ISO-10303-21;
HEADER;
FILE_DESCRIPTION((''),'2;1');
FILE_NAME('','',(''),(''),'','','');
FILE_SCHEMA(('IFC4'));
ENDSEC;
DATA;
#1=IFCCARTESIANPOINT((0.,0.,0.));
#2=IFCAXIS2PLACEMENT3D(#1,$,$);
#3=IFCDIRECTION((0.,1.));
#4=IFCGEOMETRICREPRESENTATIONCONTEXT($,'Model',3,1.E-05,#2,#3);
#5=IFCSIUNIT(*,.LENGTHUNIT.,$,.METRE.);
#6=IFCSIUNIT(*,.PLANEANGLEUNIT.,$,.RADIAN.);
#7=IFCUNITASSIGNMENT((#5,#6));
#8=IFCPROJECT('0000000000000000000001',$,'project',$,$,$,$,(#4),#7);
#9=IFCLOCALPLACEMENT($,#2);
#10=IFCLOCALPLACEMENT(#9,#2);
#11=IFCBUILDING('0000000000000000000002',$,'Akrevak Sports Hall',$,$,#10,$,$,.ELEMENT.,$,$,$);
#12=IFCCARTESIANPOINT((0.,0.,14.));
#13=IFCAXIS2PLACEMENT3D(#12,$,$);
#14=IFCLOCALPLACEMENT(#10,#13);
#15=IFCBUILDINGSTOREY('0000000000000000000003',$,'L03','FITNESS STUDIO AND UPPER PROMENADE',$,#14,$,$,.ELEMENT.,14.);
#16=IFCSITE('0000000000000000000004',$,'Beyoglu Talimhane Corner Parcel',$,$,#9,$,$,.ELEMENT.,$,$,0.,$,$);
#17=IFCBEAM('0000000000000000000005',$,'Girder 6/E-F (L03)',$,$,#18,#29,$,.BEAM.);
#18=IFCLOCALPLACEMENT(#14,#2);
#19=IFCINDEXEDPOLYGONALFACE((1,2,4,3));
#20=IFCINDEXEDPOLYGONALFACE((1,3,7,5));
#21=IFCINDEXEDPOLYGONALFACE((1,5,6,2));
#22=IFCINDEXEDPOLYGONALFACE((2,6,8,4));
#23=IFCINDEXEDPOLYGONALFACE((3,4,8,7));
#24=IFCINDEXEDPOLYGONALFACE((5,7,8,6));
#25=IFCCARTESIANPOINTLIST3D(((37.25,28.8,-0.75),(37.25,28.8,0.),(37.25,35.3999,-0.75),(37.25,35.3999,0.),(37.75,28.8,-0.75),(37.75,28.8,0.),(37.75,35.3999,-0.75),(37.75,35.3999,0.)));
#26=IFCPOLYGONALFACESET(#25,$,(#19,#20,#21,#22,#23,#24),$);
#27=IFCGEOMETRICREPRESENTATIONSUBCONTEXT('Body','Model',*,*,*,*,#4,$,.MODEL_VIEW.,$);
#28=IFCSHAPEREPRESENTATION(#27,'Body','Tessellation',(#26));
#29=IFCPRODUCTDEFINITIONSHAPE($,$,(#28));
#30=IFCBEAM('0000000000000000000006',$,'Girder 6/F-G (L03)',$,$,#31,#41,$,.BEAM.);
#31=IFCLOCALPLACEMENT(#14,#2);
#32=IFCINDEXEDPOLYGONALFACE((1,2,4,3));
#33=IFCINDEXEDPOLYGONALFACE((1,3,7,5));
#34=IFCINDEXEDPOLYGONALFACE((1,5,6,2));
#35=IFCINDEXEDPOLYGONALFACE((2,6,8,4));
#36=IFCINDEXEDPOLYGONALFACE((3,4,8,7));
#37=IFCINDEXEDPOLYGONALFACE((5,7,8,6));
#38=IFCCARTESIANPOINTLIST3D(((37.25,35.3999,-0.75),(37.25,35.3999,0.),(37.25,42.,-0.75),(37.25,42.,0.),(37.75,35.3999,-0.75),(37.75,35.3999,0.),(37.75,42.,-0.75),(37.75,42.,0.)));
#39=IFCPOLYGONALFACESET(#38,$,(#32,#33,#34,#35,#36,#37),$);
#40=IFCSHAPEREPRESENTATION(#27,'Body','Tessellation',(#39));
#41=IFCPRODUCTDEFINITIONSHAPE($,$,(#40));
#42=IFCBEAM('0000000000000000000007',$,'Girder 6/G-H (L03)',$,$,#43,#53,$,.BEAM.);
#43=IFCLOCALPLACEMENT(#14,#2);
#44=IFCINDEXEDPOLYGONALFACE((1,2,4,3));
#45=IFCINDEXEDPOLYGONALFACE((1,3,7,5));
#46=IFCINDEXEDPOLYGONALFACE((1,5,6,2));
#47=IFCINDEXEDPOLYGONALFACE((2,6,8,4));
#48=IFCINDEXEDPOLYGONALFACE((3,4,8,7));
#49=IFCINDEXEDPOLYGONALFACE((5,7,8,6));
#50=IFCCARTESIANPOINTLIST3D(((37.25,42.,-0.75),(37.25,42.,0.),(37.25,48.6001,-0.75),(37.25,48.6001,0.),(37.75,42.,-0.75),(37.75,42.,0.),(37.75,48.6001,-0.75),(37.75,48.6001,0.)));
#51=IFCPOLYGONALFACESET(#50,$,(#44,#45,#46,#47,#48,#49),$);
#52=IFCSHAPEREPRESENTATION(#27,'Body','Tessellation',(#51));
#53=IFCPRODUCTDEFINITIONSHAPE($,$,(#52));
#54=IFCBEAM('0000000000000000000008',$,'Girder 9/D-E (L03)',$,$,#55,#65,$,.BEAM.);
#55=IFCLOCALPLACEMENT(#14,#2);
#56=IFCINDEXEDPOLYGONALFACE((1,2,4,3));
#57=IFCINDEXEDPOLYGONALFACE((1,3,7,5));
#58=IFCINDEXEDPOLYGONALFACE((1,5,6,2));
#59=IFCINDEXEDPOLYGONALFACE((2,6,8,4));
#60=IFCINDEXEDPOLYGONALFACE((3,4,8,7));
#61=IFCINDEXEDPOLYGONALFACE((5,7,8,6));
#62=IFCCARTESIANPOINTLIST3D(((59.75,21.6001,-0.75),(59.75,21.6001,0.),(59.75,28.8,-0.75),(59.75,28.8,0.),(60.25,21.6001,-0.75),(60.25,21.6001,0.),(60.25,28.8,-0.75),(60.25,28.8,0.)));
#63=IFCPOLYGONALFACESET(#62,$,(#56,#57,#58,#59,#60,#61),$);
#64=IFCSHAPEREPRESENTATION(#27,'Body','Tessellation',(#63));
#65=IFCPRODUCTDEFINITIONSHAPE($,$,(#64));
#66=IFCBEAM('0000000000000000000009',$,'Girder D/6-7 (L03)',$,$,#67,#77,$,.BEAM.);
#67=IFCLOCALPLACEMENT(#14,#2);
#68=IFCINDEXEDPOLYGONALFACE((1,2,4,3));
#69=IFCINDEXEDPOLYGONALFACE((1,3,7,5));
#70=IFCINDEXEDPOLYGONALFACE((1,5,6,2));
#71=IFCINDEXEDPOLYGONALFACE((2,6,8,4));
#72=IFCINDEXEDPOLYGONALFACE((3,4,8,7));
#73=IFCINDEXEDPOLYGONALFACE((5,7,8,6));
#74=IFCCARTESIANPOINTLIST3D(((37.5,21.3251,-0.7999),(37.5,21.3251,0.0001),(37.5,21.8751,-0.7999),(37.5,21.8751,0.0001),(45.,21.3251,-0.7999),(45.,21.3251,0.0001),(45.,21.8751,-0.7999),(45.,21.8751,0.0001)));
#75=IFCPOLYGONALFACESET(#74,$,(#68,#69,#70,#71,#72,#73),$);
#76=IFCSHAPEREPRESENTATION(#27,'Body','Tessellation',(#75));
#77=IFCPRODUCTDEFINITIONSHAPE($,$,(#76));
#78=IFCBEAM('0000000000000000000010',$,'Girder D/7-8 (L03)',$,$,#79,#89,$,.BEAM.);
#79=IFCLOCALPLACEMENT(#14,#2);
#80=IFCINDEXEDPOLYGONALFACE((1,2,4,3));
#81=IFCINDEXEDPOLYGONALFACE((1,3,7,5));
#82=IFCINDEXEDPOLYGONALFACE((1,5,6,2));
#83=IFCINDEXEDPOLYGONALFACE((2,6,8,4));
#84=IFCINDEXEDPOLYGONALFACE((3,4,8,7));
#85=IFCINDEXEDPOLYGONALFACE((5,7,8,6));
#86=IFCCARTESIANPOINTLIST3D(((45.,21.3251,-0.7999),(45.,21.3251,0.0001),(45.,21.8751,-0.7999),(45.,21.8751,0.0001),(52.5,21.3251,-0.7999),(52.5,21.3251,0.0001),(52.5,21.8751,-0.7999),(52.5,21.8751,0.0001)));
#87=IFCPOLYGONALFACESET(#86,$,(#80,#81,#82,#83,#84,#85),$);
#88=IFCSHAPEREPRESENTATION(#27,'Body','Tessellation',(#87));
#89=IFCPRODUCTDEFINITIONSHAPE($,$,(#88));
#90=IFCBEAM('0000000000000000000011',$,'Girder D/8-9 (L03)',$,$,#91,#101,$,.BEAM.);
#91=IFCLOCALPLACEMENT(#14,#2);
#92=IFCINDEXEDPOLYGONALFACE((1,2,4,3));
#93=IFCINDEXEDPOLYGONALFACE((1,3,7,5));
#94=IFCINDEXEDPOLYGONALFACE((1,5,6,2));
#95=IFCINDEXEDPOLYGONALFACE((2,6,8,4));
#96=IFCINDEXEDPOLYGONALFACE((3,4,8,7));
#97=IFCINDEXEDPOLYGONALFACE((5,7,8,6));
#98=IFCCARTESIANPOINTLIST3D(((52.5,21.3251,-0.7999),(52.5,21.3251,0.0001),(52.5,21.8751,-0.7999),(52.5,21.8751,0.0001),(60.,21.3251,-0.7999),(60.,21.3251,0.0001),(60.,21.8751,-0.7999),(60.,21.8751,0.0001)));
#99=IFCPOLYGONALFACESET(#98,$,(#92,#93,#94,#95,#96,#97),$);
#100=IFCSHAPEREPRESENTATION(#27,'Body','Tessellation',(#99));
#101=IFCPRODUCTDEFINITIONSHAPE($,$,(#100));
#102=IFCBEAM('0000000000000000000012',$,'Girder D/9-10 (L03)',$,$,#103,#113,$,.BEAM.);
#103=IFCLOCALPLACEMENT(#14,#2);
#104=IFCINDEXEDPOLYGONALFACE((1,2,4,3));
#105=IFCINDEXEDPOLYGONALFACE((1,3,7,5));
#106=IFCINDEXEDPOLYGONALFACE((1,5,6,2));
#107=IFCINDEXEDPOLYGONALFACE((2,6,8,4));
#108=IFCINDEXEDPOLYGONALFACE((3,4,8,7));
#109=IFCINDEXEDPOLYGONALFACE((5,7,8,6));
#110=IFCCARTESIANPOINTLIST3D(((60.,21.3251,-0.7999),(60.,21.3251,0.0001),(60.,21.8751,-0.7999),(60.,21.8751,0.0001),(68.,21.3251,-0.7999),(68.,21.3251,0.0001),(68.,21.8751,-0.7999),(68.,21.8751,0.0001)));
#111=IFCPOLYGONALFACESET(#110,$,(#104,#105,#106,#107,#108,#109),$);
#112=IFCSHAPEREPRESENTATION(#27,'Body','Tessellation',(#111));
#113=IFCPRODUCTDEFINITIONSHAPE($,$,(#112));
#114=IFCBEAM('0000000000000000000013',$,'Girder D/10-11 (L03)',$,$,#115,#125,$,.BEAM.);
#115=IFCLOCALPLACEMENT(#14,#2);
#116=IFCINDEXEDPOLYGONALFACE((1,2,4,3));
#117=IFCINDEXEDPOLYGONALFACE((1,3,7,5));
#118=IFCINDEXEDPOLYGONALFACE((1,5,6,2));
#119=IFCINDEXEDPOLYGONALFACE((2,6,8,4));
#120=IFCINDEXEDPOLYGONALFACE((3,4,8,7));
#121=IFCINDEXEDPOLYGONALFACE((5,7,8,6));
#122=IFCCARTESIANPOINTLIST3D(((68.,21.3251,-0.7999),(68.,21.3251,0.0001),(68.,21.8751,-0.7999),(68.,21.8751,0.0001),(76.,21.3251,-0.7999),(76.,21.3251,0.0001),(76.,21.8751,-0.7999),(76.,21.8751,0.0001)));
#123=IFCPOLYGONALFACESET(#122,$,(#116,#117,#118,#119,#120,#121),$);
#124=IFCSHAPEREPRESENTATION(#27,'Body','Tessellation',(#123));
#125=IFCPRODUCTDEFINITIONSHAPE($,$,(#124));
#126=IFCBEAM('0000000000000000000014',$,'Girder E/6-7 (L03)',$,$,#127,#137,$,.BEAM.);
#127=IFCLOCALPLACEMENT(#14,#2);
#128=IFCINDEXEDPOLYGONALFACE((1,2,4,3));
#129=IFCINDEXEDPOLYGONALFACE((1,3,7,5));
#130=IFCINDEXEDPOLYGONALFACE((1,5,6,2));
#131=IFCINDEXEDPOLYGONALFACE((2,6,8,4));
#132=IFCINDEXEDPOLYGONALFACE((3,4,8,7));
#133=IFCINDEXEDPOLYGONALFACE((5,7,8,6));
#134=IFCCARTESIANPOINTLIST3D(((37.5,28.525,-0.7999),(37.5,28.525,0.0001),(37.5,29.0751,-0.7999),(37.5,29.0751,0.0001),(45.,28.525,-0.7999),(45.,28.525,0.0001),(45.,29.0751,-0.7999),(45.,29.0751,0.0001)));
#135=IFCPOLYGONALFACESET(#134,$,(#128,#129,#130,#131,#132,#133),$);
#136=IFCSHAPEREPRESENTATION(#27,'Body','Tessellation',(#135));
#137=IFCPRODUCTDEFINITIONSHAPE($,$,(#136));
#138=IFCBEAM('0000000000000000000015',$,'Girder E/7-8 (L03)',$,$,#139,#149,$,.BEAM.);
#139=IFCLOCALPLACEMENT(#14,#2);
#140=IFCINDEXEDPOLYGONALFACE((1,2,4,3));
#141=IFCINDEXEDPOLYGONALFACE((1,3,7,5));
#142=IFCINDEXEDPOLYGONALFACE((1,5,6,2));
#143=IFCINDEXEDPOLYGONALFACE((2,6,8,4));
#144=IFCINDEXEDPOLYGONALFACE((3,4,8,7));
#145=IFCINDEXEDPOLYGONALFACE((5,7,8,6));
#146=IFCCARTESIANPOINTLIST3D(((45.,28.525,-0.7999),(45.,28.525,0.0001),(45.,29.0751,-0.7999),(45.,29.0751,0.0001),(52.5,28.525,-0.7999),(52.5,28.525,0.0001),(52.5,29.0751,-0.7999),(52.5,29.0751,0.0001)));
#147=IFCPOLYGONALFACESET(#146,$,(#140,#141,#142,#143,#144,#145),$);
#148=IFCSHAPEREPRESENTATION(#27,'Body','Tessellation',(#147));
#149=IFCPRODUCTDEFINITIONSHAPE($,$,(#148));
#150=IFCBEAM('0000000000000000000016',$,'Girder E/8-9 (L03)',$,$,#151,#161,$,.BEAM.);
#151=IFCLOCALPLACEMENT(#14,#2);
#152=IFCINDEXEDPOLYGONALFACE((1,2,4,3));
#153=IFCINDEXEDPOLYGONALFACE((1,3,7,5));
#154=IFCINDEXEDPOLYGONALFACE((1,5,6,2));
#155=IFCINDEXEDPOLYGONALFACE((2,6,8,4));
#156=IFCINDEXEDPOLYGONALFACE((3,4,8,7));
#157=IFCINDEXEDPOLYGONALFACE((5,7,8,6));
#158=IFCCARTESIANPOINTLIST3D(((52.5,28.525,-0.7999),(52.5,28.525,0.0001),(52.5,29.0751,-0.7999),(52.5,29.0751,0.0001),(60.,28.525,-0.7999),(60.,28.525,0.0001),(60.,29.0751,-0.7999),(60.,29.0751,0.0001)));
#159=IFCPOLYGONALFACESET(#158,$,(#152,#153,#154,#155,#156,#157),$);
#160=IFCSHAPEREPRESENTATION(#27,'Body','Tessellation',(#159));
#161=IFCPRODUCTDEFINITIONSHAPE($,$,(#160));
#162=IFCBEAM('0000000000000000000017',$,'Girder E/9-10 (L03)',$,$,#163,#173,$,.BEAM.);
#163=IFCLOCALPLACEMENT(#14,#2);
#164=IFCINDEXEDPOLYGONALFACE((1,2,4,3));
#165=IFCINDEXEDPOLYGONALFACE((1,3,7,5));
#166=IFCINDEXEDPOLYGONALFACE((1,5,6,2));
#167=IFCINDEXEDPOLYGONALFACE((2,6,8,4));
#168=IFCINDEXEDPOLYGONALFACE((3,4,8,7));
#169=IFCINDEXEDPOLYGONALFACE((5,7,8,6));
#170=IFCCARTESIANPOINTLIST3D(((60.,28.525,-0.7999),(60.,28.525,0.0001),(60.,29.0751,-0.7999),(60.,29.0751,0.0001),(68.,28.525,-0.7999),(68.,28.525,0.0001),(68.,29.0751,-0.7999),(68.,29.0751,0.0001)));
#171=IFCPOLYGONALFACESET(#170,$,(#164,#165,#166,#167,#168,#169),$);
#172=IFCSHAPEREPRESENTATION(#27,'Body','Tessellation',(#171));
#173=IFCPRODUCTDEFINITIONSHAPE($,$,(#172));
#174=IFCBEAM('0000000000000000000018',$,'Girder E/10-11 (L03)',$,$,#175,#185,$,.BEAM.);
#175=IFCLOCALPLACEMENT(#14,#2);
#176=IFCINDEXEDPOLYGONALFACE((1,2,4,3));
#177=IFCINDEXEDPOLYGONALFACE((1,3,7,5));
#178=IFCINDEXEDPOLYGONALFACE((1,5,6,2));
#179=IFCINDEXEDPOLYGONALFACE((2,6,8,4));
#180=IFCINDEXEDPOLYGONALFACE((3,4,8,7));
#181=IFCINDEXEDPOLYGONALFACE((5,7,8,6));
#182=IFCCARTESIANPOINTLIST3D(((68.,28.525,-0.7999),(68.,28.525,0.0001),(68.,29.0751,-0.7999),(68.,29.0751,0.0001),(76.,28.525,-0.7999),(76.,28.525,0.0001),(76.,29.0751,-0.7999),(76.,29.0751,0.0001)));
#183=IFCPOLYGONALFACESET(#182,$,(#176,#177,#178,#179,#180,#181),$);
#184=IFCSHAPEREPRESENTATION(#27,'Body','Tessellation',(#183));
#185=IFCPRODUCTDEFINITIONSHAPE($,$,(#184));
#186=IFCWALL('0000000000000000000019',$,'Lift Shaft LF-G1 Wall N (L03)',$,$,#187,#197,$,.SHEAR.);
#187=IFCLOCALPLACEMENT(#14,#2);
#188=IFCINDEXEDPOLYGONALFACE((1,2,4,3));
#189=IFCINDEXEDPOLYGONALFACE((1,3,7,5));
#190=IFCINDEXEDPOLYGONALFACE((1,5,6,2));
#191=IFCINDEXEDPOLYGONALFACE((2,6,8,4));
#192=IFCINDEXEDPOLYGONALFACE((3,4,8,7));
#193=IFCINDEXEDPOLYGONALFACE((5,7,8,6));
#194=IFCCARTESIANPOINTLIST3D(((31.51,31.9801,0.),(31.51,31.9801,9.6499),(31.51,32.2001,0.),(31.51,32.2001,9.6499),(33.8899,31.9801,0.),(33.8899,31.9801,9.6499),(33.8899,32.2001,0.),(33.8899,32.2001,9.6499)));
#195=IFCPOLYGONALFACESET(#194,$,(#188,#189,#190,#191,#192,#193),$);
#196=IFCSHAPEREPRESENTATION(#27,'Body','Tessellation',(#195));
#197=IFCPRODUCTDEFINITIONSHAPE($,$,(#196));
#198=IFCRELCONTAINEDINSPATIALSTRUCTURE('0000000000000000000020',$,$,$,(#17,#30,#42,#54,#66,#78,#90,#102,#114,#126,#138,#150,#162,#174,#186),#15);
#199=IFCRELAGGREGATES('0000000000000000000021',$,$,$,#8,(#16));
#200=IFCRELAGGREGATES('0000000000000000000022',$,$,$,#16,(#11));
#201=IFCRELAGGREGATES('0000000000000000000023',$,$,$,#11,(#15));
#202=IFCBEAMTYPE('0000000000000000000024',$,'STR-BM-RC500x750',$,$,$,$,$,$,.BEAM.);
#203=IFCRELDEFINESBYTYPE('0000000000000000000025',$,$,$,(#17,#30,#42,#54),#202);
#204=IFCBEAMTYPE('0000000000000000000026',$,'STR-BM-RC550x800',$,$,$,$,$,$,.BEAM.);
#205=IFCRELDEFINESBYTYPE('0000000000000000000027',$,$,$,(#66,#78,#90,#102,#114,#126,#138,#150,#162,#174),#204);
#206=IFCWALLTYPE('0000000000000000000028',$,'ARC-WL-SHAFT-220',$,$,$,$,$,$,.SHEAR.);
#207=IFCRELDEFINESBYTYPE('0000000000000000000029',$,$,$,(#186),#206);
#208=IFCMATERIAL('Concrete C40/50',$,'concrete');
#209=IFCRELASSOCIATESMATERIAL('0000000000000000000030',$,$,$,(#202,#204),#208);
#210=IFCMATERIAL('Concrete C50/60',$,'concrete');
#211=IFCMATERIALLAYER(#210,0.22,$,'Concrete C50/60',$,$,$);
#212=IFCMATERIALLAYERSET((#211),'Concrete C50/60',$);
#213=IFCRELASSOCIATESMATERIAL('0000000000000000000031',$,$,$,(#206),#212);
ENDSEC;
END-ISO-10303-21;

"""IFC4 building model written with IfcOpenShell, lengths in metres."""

from ifc_helpers import new_model, si_unit, direction, frame, frame_2d, origin, origin_2d, place, context, subcontext, project, spatial, rectangle, extrude, material, layer, layer_set, material_profile, profile_set, type_object, element, save


model = new_model("IFC4")

# Units and contexts
model_context = context("Model", 3, precision=1e-05, world=origin(), true_north=direction((0.0, 1.0)))
body_context = subcontext(model_context, "Body", "Model", "MODEL_VIEW")
ifc_project = project(units=[si_unit("LENGTHUNIT", "METRE"), si_unit("PLANEANGLEUNIT", "RADIAN")], contexts=[model_context])

# Site, building, storey
site_placement = place(None, origin())
site = spatial("IfcSite", under=ifc_project, at=site_placement, Name="Beyoglu Talimhane Corner Parcel", CompositionType="ELEMENT", RefElevation=0.0)
building_placement = place(site_placement, origin())
building = spatial("IfcBuilding", under=site, at=building_placement, Name="Akrevak Sports Hall", CompositionType="ELEMENT")
storey_placement = place(building_placement, frame((0.0, 0.0, 14.0)))
storey = spatial("IfcBuildingStorey", under=building, at=storey_placement, Name="L03", Description="FITNESS STUDIO AND UPPER PROMENADE", CompositionType="ELEMENT", Elevation=14.0)

# Shared definitions
ifc_material_1 = material(Name="Concrete C50/60", Category="concrete")
ifc_material_2 = material(Name="Concrete C40/50", Category="concrete")

# Beams
ifc_material_profile_1 = material_profile(ifc_material_2, rectangle(XDim=0.5, YDim=0.75, at=origin_2d()), Name="BM 500x750", Category="concrete")
ifc_profile_set_1 = profile_set([ifc_material_profile_1], Name="Concrete C40/50")
beam_type_1 = type_object("IfcBeamType", Name="STR-BM-RC500x750", PredefinedType="BEAM", material=ifc_profile_set_1)
beam_1_placement = place(storey_placement, frame((37.5, 28.8, -0.375), z_axis=(0.0, 1.0, 0.0), x_axis=(-1.0, 0.0, 0.0)))
element("IfcBeam", 1, at=beam_1_placement, inside=storey, type_object=beam_type_1, Name="Girder 6/E-F (L03)", PredefinedType="BEAM", context=body_context, shape_type="SweptSolid", body=[
    extrude(rectangle(XDim=0.5, YDim=0.75, at=origin_2d()), origin(), (0.0, 0.0, 1.0), 6.5999),
])
for number, where, z_axis, x_axis, name in (
    (2, (37.5, 35.3999, -0.375), (0.0, 1.0, 0.0), (-1.0, 0.0, 0.0), "Girder 6/F-G (L03)"),
    (3, (37.5, 42.0, -0.375), (0.0, 1.0, 0.0), (-1.0, 0.0, 0.0), "Girder 6/G-H (L03)"),
):
    element("IfcBeam", number, at=place(storey_placement, frame(where, z_axis=z_axis, x_axis=x_axis)), inside=storey, type_object=beam_type_1, Name=name, PredefinedType="BEAM", context=body_context, shape_type="SweptSolid", body=[
        extrude(rectangle(XDim=0.5, YDim=0.75, at=origin_2d()), origin(), (0.0, 0.0, 1.0), 6.6001),
    ])
beam_2_placement = place(storey_placement, frame((60.0, 21.6001, -0.375), z_axis=(0.0, 1.0, 0.0), x_axis=(-1.0, 0.0, 0.0)))
element("IfcBeam", 4, at=beam_2_placement, inside=storey, type_object=beam_type_1, Name="Girder 9/D-E (L03)", PredefinedType="BEAM", context=body_context, shape_type="SweptSolid", body=[
    extrude(rectangle(XDim=0.5, YDim=0.75, at=origin_2d()), origin(), (0.0, 0.0, 1.0), 7.2),
])
ifc_material_profile_2 = material_profile(ifc_material_2, rectangle(XDim=0.55, YDim=0.8, at=origin_2d()), Name="BM 550x800", Category="concrete")
ifc_profile_set_2 = profile_set([ifc_material_profile_2], Name="Concrete C40/50")
beam_type_2 = type_object("IfcBeamType", Name="STR-BM-RC550x800", PredefinedType="BEAM", material=ifc_profile_set_2)
for number, where, z_axis, x_axis, name in (
    (5, (37.5, 21.6001, -0.3999), (1.0, 0.0, 0.0), (0.0, 1.0, 0.0), "Girder D/6-7 (L03)"),
    (6, (45.0, 21.6001, -0.3999), (1.0, 0.0, 0.0), (0.0, 1.0, 0.0), "Girder D/7-8 (L03)"),
    (7, (52.5, 21.6001, -0.3999), (1.0, 0.0, 0.0), (0.0, 1.0, 0.0), "Girder D/8-9 (L03)"),
):
    element("IfcBeam", number, at=place(storey_placement, frame(where, z_axis=z_axis, x_axis=x_axis)), inside=storey, type_object=beam_type_2, Name=name, PredefinedType="BEAM", context=body_context, shape_type="SweptSolid", body=[
        extrude(rectangle(XDim=0.55, YDim=0.8, at=origin_2d()), origin(), (0.0, 0.0, 1.0), 7.5),
    ])
for number, where, z_axis, x_axis, name in (
    (8, (60.0, 21.6001, -0.3999), (1.0, 0.0, 0.0), (0.0, 1.0, 0.0), "Girder D/9-10 (L03)"),
    (9, (68.0, 21.6001, -0.3999), (1.0, 0.0, 0.0), (0.0, 1.0, 0.0), "Girder D/10-11 (L03)"),
):
    element("IfcBeam", number, at=place(storey_placement, frame(where, z_axis=z_axis, x_axis=x_axis)), inside=storey, type_object=beam_type_2, Name=name, PredefinedType="BEAM", context=body_context, shape_type="SweptSolid", body=[
        extrude(rectangle(XDim=0.55, YDim=0.8, at=origin_2d()), origin(), (0.0, 0.0, 1.0), 8.0),
    ])
for number, where, z_axis, x_axis, name in (
    (10, (37.5, 28.8, -0.3999), (1.0, 0.0, 0.0), (0.0, 1.0, 0.0), "Girder E/6-7 (L03)"),
    (11, (45.0, 28.8, -0.3999), (1.0, 0.0, 0.0), (0.0, 1.0, 0.0), "Girder E/7-8 (L03)"),
    (12, (52.5, 28.8, -0.3999), (1.0, 0.0, 0.0), (0.0, 1.0, 0.0), "Girder E/8-9 (L03)"),
):
    element("IfcBeam", number, at=place(storey_placement, frame(where, z_axis=z_axis, x_axis=x_axis)), inside=storey, type_object=beam_type_2, Name=name, PredefinedType="BEAM", context=body_context, shape_type="SweptSolid", body=[
        extrude(rectangle(XDim=0.55, YDim=0.8, at=origin_2d()), origin(), (0.0, 0.0, 1.0), 7.5),
    ])
for number, where, z_axis, x_axis, name in (
    (13, (60.0, 28.8, -0.3999), (1.0, 0.0, 0.0), (0.0, 1.0, 0.0), "Girder E/9-10 (L03)"),
    (14, (68.0, 28.8, -0.3999), (1.0, 0.0, 0.0), (0.0, 1.0, 0.0), "Girder E/10-11 (L03)"),
):
    element("IfcBeam", number, at=place(storey_placement, frame(where, z_axis=z_axis, x_axis=x_axis)), inside=storey, type_object=beam_type_2, Name=name, PredefinedType="BEAM", context=body_context, shape_type="SweptSolid", body=[
        extrude(rectangle(XDim=0.55, YDim=0.8, at=origin_2d()), origin(), (0.0, 0.0, 1.0), 8.0),
    ])

# Wall
ifc_layer_1 = layer(ifc_material_1, 0.22, Name="Concrete C50/60")
ifc_layer_set_1 = layer_set([ifc_layer_1], Name="Concrete C50/60")
wall_type_1 = type_object("IfcWallType", Name="ARC-WL-SHAFT-220", PredefinedType="SHEAR", material=ifc_layer_set_1)
wall_1_placement = place(storey_placement, frame((33.8899, 32.0901, 0.0), z_axis=(0.0, 0.0, 1.0), x_axis=(-1.0, 0.0, 0.0)))
element("IfcWall", 15, at=wall_1_placement, inside=storey, type_object=wall_type_1, Name="Lift Shaft LF-G1 Wall N (L03)", PredefinedType="SHEAR", context=body_context, shape_type="SweptSolid", body=[
    extrude(rectangle(XDim=2.3799, YDim=0.22, at=frame_2d((1.1899, 0.0))), origin(), (0.0, 0.0, 1.0), 9.6499),
])

save(model, "model.ifc")
